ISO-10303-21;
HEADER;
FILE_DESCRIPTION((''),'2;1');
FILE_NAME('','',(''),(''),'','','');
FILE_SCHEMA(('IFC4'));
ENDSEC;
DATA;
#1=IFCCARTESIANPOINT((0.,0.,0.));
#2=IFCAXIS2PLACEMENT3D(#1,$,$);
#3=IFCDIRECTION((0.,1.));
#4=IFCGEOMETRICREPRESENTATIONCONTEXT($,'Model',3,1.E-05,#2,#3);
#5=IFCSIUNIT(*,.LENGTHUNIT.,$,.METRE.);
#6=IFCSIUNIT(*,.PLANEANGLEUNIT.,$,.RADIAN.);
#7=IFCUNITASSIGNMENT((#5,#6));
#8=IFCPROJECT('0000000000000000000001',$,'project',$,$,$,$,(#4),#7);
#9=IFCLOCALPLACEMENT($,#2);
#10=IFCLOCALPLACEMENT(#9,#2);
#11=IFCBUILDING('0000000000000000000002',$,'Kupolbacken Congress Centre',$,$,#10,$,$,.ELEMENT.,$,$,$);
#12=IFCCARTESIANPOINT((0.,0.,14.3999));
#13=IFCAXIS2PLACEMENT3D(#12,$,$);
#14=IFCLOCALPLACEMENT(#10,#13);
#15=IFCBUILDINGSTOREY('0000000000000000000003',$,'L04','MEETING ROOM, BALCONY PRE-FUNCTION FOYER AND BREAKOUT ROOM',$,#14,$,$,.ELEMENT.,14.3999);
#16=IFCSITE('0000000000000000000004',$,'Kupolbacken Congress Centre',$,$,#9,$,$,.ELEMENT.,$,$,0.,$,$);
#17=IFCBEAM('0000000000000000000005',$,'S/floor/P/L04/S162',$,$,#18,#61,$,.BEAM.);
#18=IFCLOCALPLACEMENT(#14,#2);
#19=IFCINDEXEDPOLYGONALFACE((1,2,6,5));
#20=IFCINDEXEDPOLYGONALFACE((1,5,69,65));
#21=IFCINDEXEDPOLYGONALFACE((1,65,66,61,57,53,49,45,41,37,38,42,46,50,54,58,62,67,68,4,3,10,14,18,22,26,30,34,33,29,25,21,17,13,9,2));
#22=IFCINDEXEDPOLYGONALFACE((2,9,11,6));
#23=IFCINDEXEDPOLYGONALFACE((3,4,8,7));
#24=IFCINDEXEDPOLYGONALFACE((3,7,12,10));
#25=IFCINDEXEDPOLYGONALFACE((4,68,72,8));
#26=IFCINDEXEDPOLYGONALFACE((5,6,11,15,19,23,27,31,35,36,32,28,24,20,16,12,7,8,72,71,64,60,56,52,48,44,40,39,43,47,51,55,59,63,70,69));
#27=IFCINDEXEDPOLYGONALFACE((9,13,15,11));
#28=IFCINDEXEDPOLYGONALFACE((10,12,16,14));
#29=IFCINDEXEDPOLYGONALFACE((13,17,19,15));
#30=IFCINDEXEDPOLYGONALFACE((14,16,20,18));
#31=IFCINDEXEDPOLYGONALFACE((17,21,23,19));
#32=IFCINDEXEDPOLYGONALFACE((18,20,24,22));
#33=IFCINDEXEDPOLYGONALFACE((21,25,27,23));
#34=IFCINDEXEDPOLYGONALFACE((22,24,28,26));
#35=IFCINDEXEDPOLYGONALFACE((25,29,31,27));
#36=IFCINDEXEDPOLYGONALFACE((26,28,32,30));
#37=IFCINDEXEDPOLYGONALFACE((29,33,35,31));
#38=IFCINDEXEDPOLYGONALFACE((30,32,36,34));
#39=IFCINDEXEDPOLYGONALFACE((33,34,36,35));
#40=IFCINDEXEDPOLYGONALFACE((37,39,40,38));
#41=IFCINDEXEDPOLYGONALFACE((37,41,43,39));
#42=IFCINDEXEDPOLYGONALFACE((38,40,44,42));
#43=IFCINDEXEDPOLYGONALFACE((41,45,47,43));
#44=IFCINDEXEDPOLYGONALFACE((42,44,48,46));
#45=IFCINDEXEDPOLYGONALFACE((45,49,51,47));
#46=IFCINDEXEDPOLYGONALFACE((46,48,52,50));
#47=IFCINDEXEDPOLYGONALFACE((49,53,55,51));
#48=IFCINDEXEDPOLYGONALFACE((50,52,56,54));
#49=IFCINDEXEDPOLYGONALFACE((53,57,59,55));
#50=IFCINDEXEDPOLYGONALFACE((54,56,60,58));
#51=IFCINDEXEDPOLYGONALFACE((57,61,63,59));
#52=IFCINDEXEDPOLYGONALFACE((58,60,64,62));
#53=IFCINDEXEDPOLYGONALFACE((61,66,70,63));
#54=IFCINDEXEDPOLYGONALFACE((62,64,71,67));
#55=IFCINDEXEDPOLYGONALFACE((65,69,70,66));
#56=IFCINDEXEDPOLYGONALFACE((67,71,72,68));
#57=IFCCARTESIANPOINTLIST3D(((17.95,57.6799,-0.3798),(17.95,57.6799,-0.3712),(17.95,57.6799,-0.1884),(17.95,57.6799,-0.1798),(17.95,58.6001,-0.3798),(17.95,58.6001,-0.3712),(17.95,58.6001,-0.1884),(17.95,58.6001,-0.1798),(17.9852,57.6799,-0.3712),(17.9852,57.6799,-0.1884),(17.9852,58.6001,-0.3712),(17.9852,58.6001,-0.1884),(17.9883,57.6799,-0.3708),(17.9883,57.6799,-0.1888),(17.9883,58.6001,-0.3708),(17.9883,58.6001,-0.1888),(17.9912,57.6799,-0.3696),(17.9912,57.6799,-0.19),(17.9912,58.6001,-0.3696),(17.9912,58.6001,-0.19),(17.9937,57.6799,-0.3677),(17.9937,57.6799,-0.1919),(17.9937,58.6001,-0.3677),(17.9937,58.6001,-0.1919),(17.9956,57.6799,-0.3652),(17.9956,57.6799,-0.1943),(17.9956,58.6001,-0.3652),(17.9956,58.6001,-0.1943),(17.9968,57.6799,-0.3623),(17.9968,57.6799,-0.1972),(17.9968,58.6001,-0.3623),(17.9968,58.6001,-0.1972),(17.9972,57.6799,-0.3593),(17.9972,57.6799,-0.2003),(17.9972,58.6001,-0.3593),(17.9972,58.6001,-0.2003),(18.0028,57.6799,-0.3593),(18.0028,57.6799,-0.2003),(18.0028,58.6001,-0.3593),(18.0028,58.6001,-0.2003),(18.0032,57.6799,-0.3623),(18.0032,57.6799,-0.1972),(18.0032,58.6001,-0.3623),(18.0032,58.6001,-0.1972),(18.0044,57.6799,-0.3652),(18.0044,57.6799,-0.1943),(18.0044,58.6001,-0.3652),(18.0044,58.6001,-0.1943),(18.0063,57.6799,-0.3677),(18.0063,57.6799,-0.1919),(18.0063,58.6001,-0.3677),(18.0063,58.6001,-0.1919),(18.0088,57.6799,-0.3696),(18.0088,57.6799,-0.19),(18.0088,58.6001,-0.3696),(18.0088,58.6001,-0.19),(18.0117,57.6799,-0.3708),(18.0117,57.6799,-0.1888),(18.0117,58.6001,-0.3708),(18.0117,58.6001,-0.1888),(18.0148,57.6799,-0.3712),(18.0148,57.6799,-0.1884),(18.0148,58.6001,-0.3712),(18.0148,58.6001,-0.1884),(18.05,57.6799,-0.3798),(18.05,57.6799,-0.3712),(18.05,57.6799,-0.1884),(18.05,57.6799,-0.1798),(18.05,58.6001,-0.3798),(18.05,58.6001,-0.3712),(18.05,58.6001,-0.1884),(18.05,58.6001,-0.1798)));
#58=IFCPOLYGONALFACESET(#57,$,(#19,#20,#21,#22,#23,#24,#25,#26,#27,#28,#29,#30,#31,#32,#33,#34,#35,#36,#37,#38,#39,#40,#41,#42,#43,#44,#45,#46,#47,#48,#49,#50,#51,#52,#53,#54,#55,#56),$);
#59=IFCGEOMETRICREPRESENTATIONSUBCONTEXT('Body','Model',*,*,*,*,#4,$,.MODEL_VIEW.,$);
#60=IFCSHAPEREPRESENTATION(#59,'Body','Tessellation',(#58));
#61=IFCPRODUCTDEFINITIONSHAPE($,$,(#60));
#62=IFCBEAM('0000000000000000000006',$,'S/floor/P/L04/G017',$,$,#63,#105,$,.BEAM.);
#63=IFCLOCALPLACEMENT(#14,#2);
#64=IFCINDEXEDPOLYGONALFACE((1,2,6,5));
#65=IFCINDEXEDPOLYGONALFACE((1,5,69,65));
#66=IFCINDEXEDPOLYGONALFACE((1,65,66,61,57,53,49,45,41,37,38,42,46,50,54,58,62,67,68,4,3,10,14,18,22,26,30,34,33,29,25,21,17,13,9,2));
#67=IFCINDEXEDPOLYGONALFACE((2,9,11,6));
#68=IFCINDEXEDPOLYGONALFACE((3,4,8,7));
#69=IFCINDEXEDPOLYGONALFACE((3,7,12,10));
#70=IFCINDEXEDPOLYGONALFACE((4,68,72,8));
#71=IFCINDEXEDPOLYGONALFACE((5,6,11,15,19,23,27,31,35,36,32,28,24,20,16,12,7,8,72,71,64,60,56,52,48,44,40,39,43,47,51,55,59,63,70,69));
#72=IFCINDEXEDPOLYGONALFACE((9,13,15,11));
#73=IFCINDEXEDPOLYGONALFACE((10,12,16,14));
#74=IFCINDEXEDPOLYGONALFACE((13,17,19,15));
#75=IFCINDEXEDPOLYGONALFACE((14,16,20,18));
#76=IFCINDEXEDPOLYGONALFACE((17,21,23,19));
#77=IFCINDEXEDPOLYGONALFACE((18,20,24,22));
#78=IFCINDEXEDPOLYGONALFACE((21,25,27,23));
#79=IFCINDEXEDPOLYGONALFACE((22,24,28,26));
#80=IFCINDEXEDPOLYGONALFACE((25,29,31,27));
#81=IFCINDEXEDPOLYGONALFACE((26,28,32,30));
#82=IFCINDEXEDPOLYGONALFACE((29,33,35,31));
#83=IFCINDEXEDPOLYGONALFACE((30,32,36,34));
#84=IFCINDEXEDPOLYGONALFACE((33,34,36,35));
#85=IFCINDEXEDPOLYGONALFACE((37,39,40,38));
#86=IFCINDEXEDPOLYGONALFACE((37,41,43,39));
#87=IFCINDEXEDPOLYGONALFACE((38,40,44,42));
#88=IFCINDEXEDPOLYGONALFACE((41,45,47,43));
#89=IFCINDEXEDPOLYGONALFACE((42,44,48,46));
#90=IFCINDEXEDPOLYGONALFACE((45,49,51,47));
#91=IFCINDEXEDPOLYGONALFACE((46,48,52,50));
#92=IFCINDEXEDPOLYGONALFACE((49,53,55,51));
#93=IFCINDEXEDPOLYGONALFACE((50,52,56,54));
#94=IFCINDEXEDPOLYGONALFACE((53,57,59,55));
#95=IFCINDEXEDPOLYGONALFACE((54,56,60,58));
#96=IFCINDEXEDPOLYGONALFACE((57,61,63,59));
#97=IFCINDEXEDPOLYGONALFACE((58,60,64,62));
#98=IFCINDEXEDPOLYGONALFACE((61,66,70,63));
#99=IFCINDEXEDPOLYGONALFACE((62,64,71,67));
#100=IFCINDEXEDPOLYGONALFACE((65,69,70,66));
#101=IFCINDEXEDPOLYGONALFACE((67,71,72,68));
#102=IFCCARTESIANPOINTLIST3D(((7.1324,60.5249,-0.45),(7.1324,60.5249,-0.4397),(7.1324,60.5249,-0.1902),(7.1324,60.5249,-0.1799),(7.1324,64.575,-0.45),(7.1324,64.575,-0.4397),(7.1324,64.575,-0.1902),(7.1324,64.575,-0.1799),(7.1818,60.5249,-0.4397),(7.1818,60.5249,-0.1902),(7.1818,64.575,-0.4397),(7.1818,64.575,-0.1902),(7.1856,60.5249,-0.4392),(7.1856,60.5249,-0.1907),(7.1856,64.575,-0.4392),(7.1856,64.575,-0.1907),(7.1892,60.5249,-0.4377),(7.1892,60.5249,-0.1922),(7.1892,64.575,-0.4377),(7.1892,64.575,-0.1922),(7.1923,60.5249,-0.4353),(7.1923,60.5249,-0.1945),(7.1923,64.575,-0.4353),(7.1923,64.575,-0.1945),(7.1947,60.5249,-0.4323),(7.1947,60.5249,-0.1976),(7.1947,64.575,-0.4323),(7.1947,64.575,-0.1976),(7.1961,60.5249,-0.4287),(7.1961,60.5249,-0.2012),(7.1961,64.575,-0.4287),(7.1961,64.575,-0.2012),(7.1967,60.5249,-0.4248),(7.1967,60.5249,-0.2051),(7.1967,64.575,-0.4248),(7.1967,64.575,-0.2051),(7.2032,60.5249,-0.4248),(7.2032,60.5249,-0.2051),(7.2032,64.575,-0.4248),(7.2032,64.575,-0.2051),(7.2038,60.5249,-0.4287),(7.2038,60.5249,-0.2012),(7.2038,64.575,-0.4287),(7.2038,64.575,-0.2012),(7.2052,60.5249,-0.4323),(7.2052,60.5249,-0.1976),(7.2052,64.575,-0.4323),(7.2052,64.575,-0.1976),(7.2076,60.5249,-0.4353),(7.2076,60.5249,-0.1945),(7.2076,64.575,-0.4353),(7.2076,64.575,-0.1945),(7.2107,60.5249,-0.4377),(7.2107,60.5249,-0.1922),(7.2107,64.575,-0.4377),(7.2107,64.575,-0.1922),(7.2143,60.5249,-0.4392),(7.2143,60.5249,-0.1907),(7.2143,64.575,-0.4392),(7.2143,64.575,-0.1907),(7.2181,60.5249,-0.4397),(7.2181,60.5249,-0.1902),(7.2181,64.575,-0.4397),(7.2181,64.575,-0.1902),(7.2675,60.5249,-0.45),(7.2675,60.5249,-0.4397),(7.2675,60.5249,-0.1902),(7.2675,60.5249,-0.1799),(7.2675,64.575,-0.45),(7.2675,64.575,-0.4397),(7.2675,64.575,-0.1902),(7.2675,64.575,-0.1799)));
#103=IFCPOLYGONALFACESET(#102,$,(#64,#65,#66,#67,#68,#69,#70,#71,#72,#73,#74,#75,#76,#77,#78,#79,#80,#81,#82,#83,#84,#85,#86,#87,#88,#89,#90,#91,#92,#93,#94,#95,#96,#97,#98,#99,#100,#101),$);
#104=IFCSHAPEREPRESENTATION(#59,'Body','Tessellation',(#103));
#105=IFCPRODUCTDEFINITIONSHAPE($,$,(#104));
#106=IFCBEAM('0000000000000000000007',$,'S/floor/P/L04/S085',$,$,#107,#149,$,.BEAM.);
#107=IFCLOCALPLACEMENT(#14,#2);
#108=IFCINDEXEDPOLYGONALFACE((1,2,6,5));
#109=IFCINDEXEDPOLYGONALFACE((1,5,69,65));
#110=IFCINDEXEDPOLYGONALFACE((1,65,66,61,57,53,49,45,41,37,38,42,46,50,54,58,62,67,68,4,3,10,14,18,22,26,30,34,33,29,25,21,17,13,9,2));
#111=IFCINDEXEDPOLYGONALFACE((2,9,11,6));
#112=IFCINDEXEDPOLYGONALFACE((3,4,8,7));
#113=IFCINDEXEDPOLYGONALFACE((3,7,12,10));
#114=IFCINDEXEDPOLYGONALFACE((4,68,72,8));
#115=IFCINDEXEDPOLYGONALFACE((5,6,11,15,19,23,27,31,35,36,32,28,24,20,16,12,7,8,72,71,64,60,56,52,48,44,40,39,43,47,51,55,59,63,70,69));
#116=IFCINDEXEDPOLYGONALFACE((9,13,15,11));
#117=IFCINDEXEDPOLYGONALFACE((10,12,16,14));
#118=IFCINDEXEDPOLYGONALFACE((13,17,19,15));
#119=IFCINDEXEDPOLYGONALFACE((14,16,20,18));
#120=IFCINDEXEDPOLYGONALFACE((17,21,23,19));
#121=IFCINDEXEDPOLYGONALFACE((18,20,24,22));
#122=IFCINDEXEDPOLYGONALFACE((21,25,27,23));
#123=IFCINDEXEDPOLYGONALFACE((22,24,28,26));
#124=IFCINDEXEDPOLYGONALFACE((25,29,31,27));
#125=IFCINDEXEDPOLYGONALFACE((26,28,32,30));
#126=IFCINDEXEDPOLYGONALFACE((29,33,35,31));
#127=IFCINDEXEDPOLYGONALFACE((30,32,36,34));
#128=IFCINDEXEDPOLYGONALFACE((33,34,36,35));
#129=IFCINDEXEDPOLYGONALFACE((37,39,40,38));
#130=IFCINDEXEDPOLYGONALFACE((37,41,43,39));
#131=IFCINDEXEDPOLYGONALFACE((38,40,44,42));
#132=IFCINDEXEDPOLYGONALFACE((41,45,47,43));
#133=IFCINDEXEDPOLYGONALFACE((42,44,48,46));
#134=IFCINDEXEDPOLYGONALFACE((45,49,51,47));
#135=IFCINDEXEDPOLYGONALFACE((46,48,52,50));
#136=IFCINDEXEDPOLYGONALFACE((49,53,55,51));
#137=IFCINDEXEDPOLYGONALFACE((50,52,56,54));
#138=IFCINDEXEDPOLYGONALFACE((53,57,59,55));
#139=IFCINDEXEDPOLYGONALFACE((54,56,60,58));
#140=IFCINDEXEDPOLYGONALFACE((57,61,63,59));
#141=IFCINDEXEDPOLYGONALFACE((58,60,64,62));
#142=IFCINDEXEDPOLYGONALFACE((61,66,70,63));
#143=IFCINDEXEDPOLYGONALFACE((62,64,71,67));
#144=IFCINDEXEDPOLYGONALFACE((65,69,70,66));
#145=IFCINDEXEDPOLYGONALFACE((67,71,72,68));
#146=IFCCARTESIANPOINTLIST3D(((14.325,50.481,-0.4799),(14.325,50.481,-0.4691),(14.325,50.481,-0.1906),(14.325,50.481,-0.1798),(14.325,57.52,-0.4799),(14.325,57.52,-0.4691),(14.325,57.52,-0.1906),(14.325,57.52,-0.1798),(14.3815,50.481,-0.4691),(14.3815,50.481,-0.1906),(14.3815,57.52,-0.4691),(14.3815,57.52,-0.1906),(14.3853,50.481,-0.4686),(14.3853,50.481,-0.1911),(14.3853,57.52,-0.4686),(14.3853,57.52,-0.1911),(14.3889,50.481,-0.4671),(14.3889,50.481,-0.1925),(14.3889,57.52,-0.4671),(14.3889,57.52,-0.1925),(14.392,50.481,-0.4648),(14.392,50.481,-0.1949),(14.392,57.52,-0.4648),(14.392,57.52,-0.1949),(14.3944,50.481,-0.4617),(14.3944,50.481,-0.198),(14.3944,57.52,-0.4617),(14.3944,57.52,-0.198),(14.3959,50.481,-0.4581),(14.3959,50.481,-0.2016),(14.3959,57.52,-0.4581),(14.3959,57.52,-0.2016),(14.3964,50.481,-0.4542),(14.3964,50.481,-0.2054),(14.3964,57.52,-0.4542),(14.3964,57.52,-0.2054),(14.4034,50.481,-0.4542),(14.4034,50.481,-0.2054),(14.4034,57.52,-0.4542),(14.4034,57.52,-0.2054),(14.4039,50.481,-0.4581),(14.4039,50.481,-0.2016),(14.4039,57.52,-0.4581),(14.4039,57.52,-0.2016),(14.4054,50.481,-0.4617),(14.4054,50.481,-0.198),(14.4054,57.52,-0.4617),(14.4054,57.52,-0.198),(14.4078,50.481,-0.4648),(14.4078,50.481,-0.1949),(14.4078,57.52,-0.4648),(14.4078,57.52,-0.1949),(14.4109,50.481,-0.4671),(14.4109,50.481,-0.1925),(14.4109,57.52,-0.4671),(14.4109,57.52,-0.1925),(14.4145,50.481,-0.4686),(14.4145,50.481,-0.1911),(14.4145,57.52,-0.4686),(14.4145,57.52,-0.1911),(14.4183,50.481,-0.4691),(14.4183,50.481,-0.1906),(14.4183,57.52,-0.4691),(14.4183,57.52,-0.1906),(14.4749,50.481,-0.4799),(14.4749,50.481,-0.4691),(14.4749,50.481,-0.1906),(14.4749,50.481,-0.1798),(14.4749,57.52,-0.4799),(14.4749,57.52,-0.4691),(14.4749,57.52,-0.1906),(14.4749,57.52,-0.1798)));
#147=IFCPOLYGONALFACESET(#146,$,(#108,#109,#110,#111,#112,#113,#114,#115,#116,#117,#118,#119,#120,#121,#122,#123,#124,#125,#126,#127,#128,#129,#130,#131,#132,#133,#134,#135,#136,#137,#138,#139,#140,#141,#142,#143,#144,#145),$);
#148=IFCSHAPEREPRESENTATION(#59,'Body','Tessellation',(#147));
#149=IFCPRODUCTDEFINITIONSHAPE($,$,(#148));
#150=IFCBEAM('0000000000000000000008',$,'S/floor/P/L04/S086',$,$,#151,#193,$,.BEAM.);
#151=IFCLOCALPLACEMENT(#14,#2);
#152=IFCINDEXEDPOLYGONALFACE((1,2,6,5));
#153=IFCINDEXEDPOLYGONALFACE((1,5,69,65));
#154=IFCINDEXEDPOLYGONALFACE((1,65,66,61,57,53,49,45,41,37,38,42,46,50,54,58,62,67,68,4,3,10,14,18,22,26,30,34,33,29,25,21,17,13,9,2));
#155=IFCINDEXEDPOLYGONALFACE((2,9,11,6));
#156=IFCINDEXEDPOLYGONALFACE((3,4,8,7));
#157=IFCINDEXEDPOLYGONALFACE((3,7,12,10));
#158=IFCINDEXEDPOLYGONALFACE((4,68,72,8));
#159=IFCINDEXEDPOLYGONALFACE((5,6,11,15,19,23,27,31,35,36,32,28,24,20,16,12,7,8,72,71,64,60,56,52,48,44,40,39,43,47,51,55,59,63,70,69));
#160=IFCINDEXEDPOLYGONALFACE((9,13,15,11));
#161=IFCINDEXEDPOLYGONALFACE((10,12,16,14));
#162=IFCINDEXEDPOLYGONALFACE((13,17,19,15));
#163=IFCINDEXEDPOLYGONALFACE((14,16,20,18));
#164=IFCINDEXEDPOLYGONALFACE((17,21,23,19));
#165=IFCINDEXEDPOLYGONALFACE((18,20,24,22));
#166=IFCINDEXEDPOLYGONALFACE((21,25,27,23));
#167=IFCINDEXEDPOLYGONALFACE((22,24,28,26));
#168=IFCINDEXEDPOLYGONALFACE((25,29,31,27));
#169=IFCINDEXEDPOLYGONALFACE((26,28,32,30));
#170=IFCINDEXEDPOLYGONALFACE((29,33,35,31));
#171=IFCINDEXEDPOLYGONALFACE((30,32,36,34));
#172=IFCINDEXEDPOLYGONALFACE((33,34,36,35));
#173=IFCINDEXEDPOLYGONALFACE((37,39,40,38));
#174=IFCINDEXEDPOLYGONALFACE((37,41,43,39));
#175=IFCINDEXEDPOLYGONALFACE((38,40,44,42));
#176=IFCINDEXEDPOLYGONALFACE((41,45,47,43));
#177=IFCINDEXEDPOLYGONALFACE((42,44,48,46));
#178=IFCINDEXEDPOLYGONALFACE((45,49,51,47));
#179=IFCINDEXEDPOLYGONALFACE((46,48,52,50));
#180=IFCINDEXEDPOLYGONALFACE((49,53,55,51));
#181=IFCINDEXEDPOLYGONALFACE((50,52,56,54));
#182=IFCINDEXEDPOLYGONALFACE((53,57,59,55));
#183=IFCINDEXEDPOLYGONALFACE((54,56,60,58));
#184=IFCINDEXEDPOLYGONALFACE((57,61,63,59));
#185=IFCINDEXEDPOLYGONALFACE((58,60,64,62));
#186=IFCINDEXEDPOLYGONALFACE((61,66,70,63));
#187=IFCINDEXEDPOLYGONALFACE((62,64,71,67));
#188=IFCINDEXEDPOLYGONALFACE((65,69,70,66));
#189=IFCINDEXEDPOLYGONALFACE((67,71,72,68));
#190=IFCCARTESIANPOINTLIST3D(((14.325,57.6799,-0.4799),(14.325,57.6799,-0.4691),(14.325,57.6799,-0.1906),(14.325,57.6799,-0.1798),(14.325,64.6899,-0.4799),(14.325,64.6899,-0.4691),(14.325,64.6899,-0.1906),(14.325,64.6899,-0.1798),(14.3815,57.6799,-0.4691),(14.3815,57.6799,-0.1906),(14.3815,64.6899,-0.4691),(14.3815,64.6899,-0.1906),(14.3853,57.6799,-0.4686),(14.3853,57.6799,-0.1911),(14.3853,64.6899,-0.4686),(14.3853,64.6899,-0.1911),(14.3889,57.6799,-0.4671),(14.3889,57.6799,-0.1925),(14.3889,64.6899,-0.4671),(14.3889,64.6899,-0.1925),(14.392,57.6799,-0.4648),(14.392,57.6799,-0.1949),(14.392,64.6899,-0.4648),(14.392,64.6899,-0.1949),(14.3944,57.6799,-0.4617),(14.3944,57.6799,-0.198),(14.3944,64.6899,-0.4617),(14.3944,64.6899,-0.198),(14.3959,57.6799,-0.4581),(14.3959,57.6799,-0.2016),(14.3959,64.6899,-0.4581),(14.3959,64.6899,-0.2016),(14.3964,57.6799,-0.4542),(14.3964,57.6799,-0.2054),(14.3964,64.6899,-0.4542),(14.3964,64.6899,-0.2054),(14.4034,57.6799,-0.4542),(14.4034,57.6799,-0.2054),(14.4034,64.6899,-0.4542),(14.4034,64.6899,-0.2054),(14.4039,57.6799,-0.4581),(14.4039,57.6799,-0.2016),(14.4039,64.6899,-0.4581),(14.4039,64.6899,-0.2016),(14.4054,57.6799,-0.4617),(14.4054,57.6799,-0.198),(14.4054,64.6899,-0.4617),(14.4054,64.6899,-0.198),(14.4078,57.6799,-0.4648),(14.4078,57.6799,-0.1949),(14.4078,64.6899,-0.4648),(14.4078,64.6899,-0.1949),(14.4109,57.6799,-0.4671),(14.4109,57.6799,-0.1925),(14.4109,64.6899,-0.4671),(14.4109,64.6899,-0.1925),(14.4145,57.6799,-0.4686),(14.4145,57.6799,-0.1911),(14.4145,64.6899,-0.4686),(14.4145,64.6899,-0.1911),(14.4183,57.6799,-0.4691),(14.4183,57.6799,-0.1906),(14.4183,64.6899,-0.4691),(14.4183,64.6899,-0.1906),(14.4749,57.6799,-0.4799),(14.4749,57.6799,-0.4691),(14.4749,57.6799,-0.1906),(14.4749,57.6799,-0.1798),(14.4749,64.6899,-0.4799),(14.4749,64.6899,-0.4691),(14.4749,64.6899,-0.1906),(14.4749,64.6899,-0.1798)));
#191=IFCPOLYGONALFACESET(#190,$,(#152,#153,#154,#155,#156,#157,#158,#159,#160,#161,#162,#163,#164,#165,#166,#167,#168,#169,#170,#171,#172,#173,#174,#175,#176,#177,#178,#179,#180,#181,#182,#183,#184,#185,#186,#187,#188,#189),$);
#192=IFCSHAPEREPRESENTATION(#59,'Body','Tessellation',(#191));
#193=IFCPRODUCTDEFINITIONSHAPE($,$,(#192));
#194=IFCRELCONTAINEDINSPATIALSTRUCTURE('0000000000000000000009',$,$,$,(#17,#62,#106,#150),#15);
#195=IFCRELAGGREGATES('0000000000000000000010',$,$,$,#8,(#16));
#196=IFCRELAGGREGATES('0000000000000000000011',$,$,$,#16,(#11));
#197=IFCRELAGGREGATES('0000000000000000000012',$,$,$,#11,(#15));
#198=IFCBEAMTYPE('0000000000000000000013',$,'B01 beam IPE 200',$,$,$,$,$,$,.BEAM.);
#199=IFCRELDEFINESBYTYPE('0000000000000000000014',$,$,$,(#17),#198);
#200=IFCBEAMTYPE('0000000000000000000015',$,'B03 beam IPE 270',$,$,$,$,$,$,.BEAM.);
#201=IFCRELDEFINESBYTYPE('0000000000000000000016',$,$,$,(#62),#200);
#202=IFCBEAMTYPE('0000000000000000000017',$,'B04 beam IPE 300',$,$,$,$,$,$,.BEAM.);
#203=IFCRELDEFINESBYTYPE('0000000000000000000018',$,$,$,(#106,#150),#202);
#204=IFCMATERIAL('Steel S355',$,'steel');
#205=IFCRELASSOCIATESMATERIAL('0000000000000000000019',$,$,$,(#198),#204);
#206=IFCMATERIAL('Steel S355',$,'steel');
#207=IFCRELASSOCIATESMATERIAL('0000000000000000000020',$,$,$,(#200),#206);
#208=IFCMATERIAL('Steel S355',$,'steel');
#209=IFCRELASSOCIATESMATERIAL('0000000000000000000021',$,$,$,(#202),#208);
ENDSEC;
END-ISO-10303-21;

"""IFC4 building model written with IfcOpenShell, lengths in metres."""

from ifc_helpers import new_model, si_unit, direction, frame, origin, origin_2d, place, context, subcontext, project, spatial, i_section, extrude, material, material_profile, profile_set, type_object, element, save


model = new_model("IFC4")

# Units and contexts
model_context = context("Model", 3, precision=1e-05, world=origin(), true_north=direction((0.0, 1.0)))
body_context = subcontext(model_context, "Body", "Model", "MODEL_VIEW")
ifc_project = project(units=[si_unit("LENGTHUNIT", "METRE"), si_unit("PLANEANGLEUNIT", "RADIAN")], contexts=[model_context])

# Site, building, storey
site_placement = place(None, origin())
site = spatial("IfcSite", under=ifc_project, at=site_placement, Name="Kupolbacken Congress Centre", CompositionType="ELEMENT", RefElevation=0.0)
building_placement = place(site_placement, origin())
building = spatial("IfcBuilding", under=site, at=building_placement, Name="Kupolbacken Congress Centre", CompositionType="ELEMENT")
storey_placement = place(building_placement, frame((0.0, 0.0, 14.3999)))
storey = spatial("IfcBuildingStorey", under=building, at=storey_placement, Name="L04", Description="MEETING ROOM, BALCONY PRE-FUNCTION FOYER AND BREAKOUT ROOM", CompositionType="ELEMENT", Elevation=14.3999)

# Beams
ifc_material_1 = material(Name="Steel S355", Category="steel")
ifc_material_profile_1 = material_profile(ifc_material_1, i_section(OverallWidth=0.1001, OverallDepth=0.2, WebThickness=0.0056, FlangeThickness=0.0085, FilletRadius=0.012, at=origin_2d()), Name="IPE 200")
ifc_profile_set_1 = profile_set([ifc_material_profile_1], Name="Steel S355")
beam_type_1 = type_object("IfcBeamType", Name="B01 beam IPE 200", PredefinedType="BEAM", material=ifc_profile_set_1)
beam_1_placement = place(storey_placement, frame((18.0, 57.6799, -0.2798), z_axis=(0.0, 1.0, 0.0), x_axis=(-1.0, 0.0, 0.0)))
element("IfcBeam", 1, at=beam_1_placement, inside=storey, type_object=beam_type_1, Name="S/floor/P/L04/S162", PredefinedType="BEAM", context=body_context, shape_type="SweptSolid", body=[
    extrude(i_section(OverallWidth=0.1001, OverallDepth=0.2, WebThickness=0.0056, FlangeThickness=0.0085, FilletRadius=0.012, at=origin_2d()), origin(), (0.0, 0.0, 1.0), 0.9202),
])
ifc_material_2 = material(Name="Steel S355", Category="steel")
ifc_material_profile_2 = material_profile(ifc_material_2, i_section(OverallWidth=0.135, OverallDepth=0.27, WebThickness=0.0066, FlangeThickness=0.0103, FilletRadius=0.0149, at=origin_2d()), Name="IPE 270")
ifc_profile_set_2 = profile_set([ifc_material_profile_2], Name="Steel S355")
beam_type_2 = type_object("IfcBeamType", Name="B03 beam IPE 270", PredefinedType="BEAM", material=ifc_profile_set_2)
beam_2_placement = place(storey_placement, frame((7.2, 60.5249, -0.3149), z_axis=(0.0, 1.0, 0.0), x_axis=(-1.0, 0.0, 0.0)))
element("IfcBeam", 2, at=beam_2_placement, inside=storey, type_object=beam_type_2, Name="S/floor/P/L04/G017", PredefinedType="BEAM", context=body_context, shape_type="SweptSolid", body=[
    extrude(i_section(OverallWidth=0.135, OverallDepth=0.27, WebThickness=0.0066, FlangeThickness=0.0103, FilletRadius=0.0149, at=origin_2d()), origin(), (0.0, 0.0, 1.0), 4.05),
])
ifc_material_3 = material(Name="Steel S355", Category="steel")
ifc_material_profile_3 = material_profile(ifc_material_3, i_section(OverallWidth=0.1499, OverallDepth=0.3, WebThickness=0.0071, FlangeThickness=0.0107, FilletRadius=0.0149, at=origin_2d()), Name="IPE 300")
ifc_profile_set_3 = profile_set([ifc_material_profile_3], Name="Steel S355")
beam_type_3 = type_object("IfcBeamType", Name="B04 beam IPE 300", PredefinedType="BEAM", material=ifc_profile_set_3)
beam_3_placement = place(storey_placement, frame((14.3999, 50.481, -0.3298), z_axis=(0.0, 1.0, 0.0), x_axis=(-1.0, 0.0, 0.0)))
element("IfcBeam", 3, at=beam_3_placement, inside=storey, type_object=beam_type_3, Name="S/floor/P/L04/S085", PredefinedType="BEAM", context=body_context, shape_type="SweptSolid", body=[
    extrude(i_section(OverallWidth=0.1499, OverallDepth=0.3, WebThickness=0.0071, FlangeThickness=0.0107, FilletRadius=0.0149, at=origin_2d()), origin(), (0.0, 0.0, 1.0), 7.0391),
])
beam_4_placement = place(storey_placement, frame((14.3999, 57.6799, -0.3298), z_axis=(0.0, 1.0, 0.0), x_axis=(-1.0, 0.0, 0.0)))
element("IfcBeam", 4, at=beam_4_placement, inside=storey, type_object=beam_type_3, Name="S/floor/P/L04/S086", PredefinedType="BEAM", context=body_context, shape_type="SweptSolid", body=[
    extrude(i_section(OverallWidth=0.1499, OverallDepth=0.3, WebThickness=0.0071, FlangeThickness=0.0107, FilletRadius=0.0149, at=origin_2d()), origin(), (0.0, 0.0, 1.0), 7.01),
])

save(model, "model.ifc")
